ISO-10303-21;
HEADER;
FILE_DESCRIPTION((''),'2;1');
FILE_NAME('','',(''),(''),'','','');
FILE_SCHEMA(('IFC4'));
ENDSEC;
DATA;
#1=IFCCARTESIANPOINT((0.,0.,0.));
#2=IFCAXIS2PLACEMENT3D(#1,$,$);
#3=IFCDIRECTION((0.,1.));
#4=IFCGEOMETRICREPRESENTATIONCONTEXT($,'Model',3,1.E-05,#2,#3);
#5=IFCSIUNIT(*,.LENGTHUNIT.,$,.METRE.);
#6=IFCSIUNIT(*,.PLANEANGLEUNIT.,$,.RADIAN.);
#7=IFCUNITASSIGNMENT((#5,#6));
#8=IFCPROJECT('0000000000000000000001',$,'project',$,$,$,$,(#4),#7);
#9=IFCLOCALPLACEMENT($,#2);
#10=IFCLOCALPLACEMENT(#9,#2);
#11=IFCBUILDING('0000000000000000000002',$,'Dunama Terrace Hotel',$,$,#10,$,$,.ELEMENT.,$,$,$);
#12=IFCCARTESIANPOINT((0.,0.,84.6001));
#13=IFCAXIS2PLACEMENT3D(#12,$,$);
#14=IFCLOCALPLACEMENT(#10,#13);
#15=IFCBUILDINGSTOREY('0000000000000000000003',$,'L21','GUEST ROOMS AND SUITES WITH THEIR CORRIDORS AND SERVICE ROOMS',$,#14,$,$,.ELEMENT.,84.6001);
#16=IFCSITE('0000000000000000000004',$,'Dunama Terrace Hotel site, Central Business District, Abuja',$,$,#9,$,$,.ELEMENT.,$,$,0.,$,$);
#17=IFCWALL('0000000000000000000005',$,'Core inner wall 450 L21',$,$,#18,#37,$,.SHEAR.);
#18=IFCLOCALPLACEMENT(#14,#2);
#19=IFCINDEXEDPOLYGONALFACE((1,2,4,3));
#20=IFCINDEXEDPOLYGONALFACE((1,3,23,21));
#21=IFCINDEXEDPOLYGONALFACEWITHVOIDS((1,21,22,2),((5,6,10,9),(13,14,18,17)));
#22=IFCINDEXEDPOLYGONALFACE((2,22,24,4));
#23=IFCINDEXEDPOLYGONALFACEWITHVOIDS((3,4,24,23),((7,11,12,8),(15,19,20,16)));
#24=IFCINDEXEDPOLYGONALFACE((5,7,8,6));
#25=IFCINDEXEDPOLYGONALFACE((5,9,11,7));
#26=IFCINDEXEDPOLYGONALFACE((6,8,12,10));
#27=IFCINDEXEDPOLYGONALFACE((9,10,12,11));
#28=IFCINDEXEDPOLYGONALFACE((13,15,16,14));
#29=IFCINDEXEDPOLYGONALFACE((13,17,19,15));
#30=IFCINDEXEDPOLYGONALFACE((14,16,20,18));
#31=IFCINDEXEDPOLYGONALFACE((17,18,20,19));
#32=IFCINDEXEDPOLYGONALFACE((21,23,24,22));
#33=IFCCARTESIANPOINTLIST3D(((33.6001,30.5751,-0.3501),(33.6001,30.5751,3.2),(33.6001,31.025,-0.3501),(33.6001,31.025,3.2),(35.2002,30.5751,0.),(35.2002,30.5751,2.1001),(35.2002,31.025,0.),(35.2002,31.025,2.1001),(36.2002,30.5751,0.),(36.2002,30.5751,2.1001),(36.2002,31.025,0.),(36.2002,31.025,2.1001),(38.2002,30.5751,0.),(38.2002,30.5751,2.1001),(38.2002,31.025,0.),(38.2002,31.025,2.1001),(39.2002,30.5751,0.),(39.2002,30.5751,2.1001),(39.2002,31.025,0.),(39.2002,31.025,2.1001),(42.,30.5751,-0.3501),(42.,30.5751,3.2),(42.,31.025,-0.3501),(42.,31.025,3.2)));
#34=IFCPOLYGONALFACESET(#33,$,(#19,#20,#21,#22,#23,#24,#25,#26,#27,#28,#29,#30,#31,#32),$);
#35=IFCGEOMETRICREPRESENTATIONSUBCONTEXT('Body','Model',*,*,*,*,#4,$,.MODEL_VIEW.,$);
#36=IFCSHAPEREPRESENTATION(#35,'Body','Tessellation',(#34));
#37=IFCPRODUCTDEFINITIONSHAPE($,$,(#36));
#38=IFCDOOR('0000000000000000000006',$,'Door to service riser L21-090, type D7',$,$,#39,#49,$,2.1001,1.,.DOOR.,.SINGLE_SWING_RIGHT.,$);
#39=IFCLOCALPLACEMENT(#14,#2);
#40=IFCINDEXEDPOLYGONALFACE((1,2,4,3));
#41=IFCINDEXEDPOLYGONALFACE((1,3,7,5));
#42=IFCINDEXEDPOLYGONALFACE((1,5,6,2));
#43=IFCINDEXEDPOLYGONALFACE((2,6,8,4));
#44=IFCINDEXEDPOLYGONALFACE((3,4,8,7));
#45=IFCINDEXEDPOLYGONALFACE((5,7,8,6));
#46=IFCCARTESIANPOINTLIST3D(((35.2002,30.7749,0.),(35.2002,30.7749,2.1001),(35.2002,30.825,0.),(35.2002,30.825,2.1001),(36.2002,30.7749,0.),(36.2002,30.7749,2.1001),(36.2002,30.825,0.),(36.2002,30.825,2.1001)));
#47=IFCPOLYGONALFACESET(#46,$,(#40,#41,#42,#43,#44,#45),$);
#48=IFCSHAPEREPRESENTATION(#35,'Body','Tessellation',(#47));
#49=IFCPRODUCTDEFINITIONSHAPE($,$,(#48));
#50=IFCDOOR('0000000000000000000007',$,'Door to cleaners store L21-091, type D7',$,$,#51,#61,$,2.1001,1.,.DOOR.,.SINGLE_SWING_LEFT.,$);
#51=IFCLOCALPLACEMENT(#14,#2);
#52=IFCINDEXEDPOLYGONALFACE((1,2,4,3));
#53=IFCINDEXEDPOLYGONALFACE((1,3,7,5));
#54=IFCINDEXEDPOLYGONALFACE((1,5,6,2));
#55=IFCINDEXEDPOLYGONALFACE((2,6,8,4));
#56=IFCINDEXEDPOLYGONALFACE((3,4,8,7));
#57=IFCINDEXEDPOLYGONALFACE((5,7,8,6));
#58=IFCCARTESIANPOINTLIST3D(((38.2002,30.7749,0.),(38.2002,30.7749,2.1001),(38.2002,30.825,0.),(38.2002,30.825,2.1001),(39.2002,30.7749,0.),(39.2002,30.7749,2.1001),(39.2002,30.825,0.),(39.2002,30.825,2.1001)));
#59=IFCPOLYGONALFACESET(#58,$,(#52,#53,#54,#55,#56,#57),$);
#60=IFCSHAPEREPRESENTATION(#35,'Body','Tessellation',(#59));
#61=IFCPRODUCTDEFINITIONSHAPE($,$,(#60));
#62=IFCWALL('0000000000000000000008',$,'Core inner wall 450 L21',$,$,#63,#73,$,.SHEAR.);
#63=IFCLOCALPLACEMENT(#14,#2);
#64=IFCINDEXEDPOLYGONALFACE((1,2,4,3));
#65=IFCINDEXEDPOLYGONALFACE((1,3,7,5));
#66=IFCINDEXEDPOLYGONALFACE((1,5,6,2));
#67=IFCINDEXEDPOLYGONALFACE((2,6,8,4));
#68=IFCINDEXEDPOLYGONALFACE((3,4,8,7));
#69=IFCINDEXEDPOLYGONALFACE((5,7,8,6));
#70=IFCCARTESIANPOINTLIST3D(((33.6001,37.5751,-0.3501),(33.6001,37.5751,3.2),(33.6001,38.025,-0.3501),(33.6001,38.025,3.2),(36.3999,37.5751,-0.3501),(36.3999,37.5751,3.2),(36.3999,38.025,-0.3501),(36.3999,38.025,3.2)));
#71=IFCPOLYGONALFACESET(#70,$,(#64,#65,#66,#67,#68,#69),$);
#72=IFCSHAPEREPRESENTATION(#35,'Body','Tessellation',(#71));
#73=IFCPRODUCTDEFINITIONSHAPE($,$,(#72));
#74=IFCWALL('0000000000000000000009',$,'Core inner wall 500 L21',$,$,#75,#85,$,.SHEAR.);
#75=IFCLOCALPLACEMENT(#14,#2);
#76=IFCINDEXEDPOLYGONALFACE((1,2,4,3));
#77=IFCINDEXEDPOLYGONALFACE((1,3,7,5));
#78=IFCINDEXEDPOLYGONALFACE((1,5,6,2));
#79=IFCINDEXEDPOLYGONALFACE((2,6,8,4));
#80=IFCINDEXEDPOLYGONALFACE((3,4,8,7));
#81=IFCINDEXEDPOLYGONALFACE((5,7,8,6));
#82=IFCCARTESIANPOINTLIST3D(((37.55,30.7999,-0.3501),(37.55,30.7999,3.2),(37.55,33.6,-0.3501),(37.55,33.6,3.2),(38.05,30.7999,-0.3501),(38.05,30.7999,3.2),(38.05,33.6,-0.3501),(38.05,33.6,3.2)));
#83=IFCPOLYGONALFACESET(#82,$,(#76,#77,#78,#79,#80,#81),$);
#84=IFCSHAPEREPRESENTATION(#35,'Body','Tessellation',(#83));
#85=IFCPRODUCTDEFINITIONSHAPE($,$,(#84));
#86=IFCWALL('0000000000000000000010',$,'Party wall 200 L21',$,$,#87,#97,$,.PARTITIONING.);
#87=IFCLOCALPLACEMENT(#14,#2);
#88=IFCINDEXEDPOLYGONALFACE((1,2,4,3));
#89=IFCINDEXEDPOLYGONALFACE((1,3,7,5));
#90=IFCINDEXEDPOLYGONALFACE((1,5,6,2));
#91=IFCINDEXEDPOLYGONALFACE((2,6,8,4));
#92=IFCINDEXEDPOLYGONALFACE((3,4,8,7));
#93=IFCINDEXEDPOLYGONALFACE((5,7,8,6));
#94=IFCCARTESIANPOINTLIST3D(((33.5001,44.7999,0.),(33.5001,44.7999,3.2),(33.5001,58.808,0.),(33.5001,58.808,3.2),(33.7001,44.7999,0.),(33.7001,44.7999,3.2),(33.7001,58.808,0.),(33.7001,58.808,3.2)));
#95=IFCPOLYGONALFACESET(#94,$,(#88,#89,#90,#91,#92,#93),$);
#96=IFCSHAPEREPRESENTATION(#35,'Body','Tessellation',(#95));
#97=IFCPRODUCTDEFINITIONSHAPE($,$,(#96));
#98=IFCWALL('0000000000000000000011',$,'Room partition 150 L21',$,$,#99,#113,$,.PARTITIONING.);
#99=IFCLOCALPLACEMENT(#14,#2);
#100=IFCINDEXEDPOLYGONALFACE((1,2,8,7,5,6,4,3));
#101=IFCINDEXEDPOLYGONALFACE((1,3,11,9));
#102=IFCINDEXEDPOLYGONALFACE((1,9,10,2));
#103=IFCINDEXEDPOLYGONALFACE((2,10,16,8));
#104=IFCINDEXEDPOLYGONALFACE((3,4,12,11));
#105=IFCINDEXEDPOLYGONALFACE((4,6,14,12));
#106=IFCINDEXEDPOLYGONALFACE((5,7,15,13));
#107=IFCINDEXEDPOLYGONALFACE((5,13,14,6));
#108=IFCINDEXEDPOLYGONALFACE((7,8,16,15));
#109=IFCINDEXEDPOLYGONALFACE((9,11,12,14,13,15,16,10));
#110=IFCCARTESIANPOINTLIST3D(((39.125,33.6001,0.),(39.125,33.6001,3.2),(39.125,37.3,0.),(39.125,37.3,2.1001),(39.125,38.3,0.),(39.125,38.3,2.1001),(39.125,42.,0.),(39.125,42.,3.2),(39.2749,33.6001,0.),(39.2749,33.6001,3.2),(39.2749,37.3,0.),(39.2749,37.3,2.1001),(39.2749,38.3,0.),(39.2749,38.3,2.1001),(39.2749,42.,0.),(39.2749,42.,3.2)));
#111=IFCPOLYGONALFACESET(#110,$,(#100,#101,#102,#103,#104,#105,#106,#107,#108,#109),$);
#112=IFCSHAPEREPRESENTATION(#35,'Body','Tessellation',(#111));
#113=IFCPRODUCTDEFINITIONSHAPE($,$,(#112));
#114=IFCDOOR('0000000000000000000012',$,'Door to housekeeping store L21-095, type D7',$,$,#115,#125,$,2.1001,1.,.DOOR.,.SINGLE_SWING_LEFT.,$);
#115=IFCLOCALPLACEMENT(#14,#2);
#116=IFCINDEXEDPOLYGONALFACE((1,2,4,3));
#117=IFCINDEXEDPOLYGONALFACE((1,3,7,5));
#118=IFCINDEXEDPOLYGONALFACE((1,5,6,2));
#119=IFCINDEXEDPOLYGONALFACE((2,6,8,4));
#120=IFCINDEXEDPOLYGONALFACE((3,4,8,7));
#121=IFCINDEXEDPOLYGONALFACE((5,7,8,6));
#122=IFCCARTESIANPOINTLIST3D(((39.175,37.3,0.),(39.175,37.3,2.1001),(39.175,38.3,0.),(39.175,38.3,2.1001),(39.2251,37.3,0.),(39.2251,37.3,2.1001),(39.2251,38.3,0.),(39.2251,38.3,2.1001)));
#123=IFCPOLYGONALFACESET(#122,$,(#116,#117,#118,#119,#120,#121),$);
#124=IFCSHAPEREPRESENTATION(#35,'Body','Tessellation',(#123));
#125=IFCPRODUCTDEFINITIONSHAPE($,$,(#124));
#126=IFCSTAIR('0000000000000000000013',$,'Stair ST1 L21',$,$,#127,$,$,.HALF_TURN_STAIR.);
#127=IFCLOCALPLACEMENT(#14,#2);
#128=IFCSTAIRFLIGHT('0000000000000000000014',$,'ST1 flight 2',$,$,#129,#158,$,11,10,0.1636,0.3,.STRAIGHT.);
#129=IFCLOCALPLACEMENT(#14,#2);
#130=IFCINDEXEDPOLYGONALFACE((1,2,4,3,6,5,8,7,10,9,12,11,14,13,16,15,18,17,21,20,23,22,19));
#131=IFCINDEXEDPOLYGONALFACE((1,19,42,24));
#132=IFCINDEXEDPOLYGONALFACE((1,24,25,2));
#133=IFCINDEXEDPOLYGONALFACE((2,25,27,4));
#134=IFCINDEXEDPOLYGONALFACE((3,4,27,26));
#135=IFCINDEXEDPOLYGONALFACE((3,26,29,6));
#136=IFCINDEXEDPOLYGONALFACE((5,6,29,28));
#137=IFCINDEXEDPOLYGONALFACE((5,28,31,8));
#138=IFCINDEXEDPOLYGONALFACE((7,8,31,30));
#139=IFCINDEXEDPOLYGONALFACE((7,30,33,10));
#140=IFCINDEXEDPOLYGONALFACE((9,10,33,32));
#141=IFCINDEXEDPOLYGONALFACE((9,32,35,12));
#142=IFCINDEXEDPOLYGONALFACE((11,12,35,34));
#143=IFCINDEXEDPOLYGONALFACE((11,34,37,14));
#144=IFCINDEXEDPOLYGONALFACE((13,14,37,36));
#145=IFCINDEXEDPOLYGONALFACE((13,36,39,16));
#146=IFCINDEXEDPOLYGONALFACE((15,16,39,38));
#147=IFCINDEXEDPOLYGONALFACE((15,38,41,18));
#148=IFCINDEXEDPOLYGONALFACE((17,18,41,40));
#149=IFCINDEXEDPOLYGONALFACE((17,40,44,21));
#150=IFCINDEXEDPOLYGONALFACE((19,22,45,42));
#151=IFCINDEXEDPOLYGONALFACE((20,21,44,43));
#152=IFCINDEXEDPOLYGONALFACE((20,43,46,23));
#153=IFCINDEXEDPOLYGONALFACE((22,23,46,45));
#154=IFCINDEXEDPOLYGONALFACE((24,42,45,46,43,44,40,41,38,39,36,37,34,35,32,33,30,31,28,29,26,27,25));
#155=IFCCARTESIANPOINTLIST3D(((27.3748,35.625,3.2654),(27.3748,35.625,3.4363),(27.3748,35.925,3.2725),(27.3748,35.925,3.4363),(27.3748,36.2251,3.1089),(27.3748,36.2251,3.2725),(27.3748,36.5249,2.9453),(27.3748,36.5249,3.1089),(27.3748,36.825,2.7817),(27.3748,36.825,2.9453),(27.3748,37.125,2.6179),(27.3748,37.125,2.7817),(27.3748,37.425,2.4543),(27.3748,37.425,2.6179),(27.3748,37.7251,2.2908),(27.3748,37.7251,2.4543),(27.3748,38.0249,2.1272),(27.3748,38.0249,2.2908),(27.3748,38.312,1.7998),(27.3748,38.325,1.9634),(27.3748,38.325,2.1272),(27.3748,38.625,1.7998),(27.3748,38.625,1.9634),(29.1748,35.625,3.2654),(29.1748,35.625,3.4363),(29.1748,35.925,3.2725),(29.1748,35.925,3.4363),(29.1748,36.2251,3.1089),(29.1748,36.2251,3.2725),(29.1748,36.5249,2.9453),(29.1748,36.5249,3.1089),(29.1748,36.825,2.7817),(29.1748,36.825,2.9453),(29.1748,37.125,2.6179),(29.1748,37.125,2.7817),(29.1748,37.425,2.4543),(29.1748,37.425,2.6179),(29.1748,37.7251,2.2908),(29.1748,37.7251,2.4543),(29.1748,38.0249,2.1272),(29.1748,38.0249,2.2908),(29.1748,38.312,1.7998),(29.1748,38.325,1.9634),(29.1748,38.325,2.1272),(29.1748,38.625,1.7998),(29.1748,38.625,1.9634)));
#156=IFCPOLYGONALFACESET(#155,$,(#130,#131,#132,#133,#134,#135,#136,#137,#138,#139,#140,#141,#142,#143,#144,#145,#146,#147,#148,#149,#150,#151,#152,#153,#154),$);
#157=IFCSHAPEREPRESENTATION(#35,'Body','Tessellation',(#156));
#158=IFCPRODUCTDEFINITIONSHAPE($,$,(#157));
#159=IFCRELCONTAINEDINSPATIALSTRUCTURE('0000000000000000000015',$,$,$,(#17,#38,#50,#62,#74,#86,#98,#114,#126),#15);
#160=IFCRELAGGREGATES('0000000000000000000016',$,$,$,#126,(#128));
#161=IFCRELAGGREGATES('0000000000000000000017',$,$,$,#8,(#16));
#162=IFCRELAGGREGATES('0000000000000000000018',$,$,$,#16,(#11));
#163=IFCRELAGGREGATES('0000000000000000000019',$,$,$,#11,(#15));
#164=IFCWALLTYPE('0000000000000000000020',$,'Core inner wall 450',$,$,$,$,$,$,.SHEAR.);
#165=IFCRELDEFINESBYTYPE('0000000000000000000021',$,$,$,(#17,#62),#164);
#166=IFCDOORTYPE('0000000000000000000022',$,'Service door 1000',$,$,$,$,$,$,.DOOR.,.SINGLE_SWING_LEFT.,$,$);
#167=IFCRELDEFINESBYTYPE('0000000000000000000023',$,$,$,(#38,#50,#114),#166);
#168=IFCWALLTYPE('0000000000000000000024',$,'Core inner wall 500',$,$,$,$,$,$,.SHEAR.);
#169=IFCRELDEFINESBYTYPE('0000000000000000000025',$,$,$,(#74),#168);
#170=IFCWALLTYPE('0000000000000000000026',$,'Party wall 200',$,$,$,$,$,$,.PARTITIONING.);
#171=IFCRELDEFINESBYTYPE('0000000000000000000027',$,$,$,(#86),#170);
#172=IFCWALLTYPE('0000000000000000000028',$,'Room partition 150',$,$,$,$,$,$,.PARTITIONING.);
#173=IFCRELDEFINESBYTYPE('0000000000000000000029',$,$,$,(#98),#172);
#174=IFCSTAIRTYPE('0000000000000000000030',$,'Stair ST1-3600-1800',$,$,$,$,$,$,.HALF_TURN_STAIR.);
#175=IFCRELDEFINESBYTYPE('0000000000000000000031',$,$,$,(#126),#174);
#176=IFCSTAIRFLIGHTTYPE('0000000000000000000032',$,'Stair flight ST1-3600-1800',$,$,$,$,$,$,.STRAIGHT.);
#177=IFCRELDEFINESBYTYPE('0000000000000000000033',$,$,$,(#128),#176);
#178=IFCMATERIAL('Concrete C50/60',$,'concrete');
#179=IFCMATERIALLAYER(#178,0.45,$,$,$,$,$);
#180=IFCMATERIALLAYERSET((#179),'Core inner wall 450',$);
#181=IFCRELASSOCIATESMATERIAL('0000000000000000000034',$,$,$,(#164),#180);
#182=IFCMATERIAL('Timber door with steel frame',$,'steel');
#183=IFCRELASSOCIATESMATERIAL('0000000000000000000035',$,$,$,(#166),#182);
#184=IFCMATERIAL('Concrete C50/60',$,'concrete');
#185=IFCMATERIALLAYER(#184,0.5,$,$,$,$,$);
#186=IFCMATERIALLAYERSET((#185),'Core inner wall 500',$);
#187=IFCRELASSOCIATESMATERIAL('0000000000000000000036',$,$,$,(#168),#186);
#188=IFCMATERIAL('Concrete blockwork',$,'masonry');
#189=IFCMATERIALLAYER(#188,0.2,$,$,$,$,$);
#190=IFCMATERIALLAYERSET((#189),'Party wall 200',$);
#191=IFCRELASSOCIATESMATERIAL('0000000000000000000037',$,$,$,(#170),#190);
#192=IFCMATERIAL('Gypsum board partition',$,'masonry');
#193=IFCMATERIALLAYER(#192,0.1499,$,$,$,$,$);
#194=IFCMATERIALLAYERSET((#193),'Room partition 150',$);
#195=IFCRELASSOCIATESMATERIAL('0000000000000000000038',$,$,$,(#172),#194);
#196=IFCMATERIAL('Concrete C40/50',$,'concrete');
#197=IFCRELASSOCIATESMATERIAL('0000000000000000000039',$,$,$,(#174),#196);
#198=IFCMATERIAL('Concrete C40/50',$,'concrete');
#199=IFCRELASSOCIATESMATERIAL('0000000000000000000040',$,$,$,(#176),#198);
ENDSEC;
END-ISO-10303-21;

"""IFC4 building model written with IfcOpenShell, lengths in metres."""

from ifc_helpers import new_model, si_unit, direction, frame, frame_2d, origin, place, context, subcontext, project, spatial, polyline, rectangle, outline, extrude, material, layer, layer_set, type_object, element, fill, aggregate, save


model = new_model("IFC4")

# Units and contexts
model_context = context("Model", 3, precision=1e-05, world=origin(), true_north=direction((0.0, 1.0)))
body_context = subcontext(model_context, "Body", "Model", "MODEL_VIEW")
ifc_project = project(units=[si_unit("LENGTHUNIT", "METRE"), si_unit("PLANEANGLEUNIT", "RADIAN")], contexts=[model_context])

# Site, building, storey
site_placement = place(None, origin())
site = spatial("IfcSite", under=ifc_project, at=site_placement, Name="Dunama Terrace Hotel site, Central Business District, Abuja", CompositionType="ELEMENT", RefElevation=0.0)
building_placement = place(site_placement, origin())
building = spatial("IfcBuilding", under=site, at=building_placement, Name="Dunama Terrace Hotel", CompositionType="ELEMENT")
storey_placement = place(building_placement, frame((0.0, 0.0, 84.6001)))
storey = spatial("IfcBuildingStorey", under=building, at=storey_placement, Name="L21", Description="GUEST ROOMS AND SUITES WITH THEIR CORRIDORS AND SERVICE ROOMS", CompositionType="ELEMENT", Elevation=84.6001)

# Shared definitions
ifc_material_1 = material(Name="Concrete C50/60", Category="concrete")
ifc_layer_1 = layer(ifc_material_1, 0.45)
ifc_layer_set_1 = layer_set([ifc_layer_1], Name="Core inner wall 450")
wall_type_1 = type_object("IfcWallType", Name="Core inner wall 450", PredefinedType="SHEAR", material=ifc_layer_set_1)

# Wall, openings, doors
wall_1_placement = place(storey_placement, frame((33.6001, 30.8, -0.3501), z_axis=(0.0, 0.0, 1.0), x_axis=(1.0, 0.0, 0.0)))
wall_1 = element("IfcWall", 1, at=wall_1_placement, inside=storey, type_object=wall_type_1, Name="Core inner wall 450 L21", PredefinedType="SHEAR", context=body_context, shape_type="SweptSolid", body=[
    extrude(rectangle(XDim=8.3999, YDim=0.45, at=frame_2d((4.2, 0.0))), origin(), (0.0, 0.0, 1.0), 3.55),
])
opening_1_placement = place(wall_1_placement, frame((1.6001, 0.0, 0.3501)))
opening_1 = element("IfcOpeningElement", 2, at=opening_1_placement, cuts=wall_1, PredefinedType="OPENING", context=body_context, shape_type="SweptSolid", body=[
    extrude(rectangle(XDim=1.0, YDim=2.1001, at=frame_2d((0.5, 1.05))), frame((0.0, 0.2349, 0.0), z_axis=(0.0, -1.0, 0.0), x_axis=(1.0, 0.0, 0.0)), (0.0, 0.0, 1.0), 0.47),
])
opening_2_placement = place(wall_1_placement, frame((4.6001, 0.0, 0.3501)))
opening_2 = element("IfcOpeningElement", 3, at=opening_2_placement, cuts=wall_1, PredefinedType="OPENING", context=body_context, shape_type="SweptSolid", body=[
    extrude(rectangle(XDim=1.0, YDim=2.1001, at=frame_2d((0.5, 1.05))), frame((0.0, 0.2349, 0.0), z_axis=(0.0, -1.0, 0.0), x_axis=(1.0, 0.0, 0.0)), (0.0, 0.0, 1.0), 0.47),
])
ifc_material_2 = material(Name="Timber door with steel frame", Category="steel")
door_type_1 = type_object("IfcDoorType", Name="Service door 1000", OperationType="SINGLE_SWING_LEFT", PredefinedType="DOOR", material=ifc_material_2)
door_1_placement = place(opening_1_placement, origin())
door_1 = element("IfcDoor", 4, at=door_1_placement, inside=storey, type_object=door_type_1, Name="Door to service riser L21-090, type D7", OperationType="SINGLE_SWING_RIGHT", OverallHeight=2.1001, OverallWidth=1.0, PredefinedType="DOOR", context=body_context, shape_type="SweptSolid", body=[
    extrude(rectangle(XDim=1.0, YDim=2.1001, at=frame_2d((0.5, 1.05))), frame((0.0, 0.0249, 0.0), z_axis=(0.0, -1.0, 0.0), x_axis=(1.0, 0.0, 0.0)), (0.0, 0.0, 1.0), 0.05),
])
fill(opening_1, door_1)
door_2_placement = place(opening_2_placement, origin())
door_2 = element("IfcDoor", 5, at=door_2_placement, inside=storey, type_object=door_type_1, Name="Door to cleaners store L21-091, type D7", OperationType="SINGLE_SWING_LEFT", OverallHeight=2.1001, OverallWidth=1.0, PredefinedType="DOOR", context=body_context, shape_type="SweptSolid", body=[
    extrude(rectangle(XDim=1.0, YDim=2.1001, at=frame_2d((0.5, 1.05))), frame((0.0, 0.0249, 0.0), z_axis=(0.0, -1.0, 0.0), x_axis=(1.0, 0.0, 0.0)), (0.0, 0.0, 1.0), 0.05),
])
fill(opening_2, door_2)

# Walls
wall_2_placement = place(storey_placement, frame((33.6001, 37.8, -0.3501), z_axis=(0.0, 0.0, 1.0), x_axis=(1.0, 0.0, 0.0)))
element("IfcWall", 6, at=wall_2_placement, inside=storey, type_object=wall_type_1, Name="Core inner wall 450 L21", PredefinedType="SHEAR", context=body_context, shape_type="SweptSolid", body=[
    extrude(rectangle(XDim=2.7998, YDim=0.45, at=frame_2d((1.3999, 0.0))), origin(), (0.0, 0.0, 1.0), 3.55),
])
ifc_material_3 = material(Name="Concrete C50/60", Category="concrete")
ifc_layer_2 = layer(ifc_material_3, 0.5)
ifc_layer_set_2 = layer_set([ifc_layer_2], Name="Core inner wall 500")
wall_type_2 = type_object("IfcWallType", Name="Core inner wall 500", PredefinedType="SHEAR", material=ifc_layer_set_2)
wall_3_placement = place(storey_placement, frame((37.8, 30.8, -0.3501), z_axis=(0.0, 0.0, 1.0), x_axis=(0.0, 1.0, 0.0)))
element("IfcWall", 7, at=wall_3_placement, inside=storey, type_object=wall_type_2, Name="Core inner wall 500 L21", PredefinedType="SHEAR", context=body_context, shape_type="SweptSolid", body=[
    extrude(rectangle(XDim=2.8, YDim=0.5, at=frame_2d((1.3999, 0.0))), origin(), (0.0, 0.0, 1.0), 3.55),
])
ifc_material_4 = material(Name="Concrete blockwork", Category="masonry")
ifc_layer_3 = layer(ifc_material_4, 0.2)
ifc_layer_set_3 = layer_set([ifc_layer_3], Name="Party wall 200")
wall_type_3 = type_object("IfcWallType", Name="Party wall 200", PredefinedType="PARTITIONING", material=ifc_layer_set_3)
wall_4_placement = place(storey_placement, frame((33.6001, 44.8, 0.0), z_axis=(0.0, 0.0, 1.0), x_axis=(0.0, 1.0, 0.0)))
element("IfcWall", 8, at=wall_4_placement, inside=storey, type_object=wall_type_3, Name="Party wall 200 L21", PredefinedType="PARTITIONING", context=body_context, shape_type="SweptSolid", body=[
    extrude(rectangle(XDim=14.0081, YDim=0.2, at=frame_2d((7.0039, 0.0))), origin(), (0.0, 0.0, 1.0), 3.2),
])

# Wall, opening, door
ifc_material_5 = material(Name="Gypsum board partition", Category="masonry")
ifc_layer_4 = layer(ifc_material_5, 0.1499)
ifc_layer_set_4 = layer_set([ifc_layer_4], Name="Room partition 150")
wall_type_4 = type_object("IfcWallType", Name="Room partition 150", PredefinedType="PARTITIONING", material=ifc_layer_set_4)
wall_5_placement = place(storey_placement, frame((39.2, 33.6001, 0.0), z_axis=(0.0, 0.0, 1.0), x_axis=(0.0, 1.0, 0.0)))
wall_5 = element("IfcWall", 9, at=wall_5_placement, inside=storey, type_object=wall_type_4, Name="Room partition 150 L21", PredefinedType="PARTITIONING", context=body_context, shape_type="SweptSolid", body=[
    extrude(rectangle(XDim=8.3999, YDim=0.1499, at=frame_2d((4.2, 0.0))), origin(), (0.0, 0.0, 1.0), 3.2),
])
opening_3_placement = place(wall_5_placement, frame((3.7, 0.0, 0.0)))
opening_3 = element("IfcOpeningElement", 10, at=opening_3_placement, cuts=wall_5, PredefinedType="OPENING", context=body_context, shape_type="SweptSolid", body=[
    extrude(rectangle(XDim=1.0, YDim=2.1001, at=frame_2d((0.5, 1.05))), frame((0.0, 0.085, 0.0), z_axis=(0.0, -1.0, 0.0), x_axis=(1.0, 0.0, 0.0)), (0.0, 0.0, 1.0), 0.1699),
])
door_3_placement = place(opening_3_placement, origin())
door_3 = element("IfcDoor", 11, at=door_3_placement, inside=storey, type_object=door_type_1, Name="Door to housekeeping store L21-095, type D7", OperationType="SINGLE_SWING_LEFT", OverallHeight=2.1001, OverallWidth=1.0, PredefinedType="DOOR", context=body_context, shape_type="SweptSolid", body=[
    extrude(rectangle(XDim=1.0, YDim=2.1001, at=frame_2d((0.5, 1.05))), frame((0.0, 0.0249, 0.0), z_axis=(0.0, -1.0, 0.0), x_axis=(1.0, 0.0, 0.0)), (0.0, 0.0, 1.0), 0.05),
])
fill(opening_3, door_3)

# Stair, stair flight
ifc_material_6 = material(Name="Concrete C40/50", Category="concrete")
stair_type = type_object("IfcStairType", Name="Stair ST1-3600-1800", PredefinedType="HALF_TURN_STAIR", material=ifc_material_6)
stair_placement = place(storey_placement, origin())
stair = element("IfcStair", 12, at=stair_placement, inside=storey, type_object=stair_type, Name="Stair ST1 L21", PredefinedType="HALF_TURN_STAIR")
ifc_material_7 = material(Name="Concrete C40/50", Category="concrete")
stair_flight_type = type_object("IfcStairFlightType", Name="Stair flight ST1-3600-1800", PredefinedType="STRAIGHT", material=ifc_material_7)
stair_flight_placement = place(storey_placement, frame((28.2749, 38.625, 1.7998), z_axis=(0.0, 0.0, 1.0), x_axis=(0.0, -1.0, 0.0)))
stair_flight = element("IfcStairFlight", 13, at=stair_flight_placement, type_object=stair_flight_type, Name="ST1 flight 2", NumberOfRisers=11, NumberOfTreads=10, PredefinedType="STRAIGHT", RiserHeight=0.1636, TreadLength=0.3, context=body_context, shape_type="SweptSolid", body=[
    extrude(outline(polyline([(0.0, 0.0), (0.0, 0.1636), (0.3, 0.1636), (0.3, 0.3274), (0.6001, 0.3274), (0.6001, 0.491), (0.8999, 0.491), (0.8999, 0.6545), (1.2, 0.6545), (1.2, 0.8181), (1.5, 0.8181), (1.5, 0.9819), (1.8, 0.9819), (1.8, 1.1455), (2.1001, 1.1455), (2.1001, 1.3091), (2.3999, 1.3091), (2.3999, 1.4727), (2.7, 1.4727), (2.7, 1.6365), (3.0, 1.6365), (3.0, 1.8), (3.0, 1.4656), (0.313, 0.0), (0.0, 0.0)])), frame((0.0, 0.8999, 0.0), z_axis=(0.0, -1.0, 0.0), x_axis=(1.0, 0.0, 0.0)), (0.0, 0.0, 1.0), 1.8),
])
aggregate(stair, [stair_flight])

save(model, "model.ifc")
